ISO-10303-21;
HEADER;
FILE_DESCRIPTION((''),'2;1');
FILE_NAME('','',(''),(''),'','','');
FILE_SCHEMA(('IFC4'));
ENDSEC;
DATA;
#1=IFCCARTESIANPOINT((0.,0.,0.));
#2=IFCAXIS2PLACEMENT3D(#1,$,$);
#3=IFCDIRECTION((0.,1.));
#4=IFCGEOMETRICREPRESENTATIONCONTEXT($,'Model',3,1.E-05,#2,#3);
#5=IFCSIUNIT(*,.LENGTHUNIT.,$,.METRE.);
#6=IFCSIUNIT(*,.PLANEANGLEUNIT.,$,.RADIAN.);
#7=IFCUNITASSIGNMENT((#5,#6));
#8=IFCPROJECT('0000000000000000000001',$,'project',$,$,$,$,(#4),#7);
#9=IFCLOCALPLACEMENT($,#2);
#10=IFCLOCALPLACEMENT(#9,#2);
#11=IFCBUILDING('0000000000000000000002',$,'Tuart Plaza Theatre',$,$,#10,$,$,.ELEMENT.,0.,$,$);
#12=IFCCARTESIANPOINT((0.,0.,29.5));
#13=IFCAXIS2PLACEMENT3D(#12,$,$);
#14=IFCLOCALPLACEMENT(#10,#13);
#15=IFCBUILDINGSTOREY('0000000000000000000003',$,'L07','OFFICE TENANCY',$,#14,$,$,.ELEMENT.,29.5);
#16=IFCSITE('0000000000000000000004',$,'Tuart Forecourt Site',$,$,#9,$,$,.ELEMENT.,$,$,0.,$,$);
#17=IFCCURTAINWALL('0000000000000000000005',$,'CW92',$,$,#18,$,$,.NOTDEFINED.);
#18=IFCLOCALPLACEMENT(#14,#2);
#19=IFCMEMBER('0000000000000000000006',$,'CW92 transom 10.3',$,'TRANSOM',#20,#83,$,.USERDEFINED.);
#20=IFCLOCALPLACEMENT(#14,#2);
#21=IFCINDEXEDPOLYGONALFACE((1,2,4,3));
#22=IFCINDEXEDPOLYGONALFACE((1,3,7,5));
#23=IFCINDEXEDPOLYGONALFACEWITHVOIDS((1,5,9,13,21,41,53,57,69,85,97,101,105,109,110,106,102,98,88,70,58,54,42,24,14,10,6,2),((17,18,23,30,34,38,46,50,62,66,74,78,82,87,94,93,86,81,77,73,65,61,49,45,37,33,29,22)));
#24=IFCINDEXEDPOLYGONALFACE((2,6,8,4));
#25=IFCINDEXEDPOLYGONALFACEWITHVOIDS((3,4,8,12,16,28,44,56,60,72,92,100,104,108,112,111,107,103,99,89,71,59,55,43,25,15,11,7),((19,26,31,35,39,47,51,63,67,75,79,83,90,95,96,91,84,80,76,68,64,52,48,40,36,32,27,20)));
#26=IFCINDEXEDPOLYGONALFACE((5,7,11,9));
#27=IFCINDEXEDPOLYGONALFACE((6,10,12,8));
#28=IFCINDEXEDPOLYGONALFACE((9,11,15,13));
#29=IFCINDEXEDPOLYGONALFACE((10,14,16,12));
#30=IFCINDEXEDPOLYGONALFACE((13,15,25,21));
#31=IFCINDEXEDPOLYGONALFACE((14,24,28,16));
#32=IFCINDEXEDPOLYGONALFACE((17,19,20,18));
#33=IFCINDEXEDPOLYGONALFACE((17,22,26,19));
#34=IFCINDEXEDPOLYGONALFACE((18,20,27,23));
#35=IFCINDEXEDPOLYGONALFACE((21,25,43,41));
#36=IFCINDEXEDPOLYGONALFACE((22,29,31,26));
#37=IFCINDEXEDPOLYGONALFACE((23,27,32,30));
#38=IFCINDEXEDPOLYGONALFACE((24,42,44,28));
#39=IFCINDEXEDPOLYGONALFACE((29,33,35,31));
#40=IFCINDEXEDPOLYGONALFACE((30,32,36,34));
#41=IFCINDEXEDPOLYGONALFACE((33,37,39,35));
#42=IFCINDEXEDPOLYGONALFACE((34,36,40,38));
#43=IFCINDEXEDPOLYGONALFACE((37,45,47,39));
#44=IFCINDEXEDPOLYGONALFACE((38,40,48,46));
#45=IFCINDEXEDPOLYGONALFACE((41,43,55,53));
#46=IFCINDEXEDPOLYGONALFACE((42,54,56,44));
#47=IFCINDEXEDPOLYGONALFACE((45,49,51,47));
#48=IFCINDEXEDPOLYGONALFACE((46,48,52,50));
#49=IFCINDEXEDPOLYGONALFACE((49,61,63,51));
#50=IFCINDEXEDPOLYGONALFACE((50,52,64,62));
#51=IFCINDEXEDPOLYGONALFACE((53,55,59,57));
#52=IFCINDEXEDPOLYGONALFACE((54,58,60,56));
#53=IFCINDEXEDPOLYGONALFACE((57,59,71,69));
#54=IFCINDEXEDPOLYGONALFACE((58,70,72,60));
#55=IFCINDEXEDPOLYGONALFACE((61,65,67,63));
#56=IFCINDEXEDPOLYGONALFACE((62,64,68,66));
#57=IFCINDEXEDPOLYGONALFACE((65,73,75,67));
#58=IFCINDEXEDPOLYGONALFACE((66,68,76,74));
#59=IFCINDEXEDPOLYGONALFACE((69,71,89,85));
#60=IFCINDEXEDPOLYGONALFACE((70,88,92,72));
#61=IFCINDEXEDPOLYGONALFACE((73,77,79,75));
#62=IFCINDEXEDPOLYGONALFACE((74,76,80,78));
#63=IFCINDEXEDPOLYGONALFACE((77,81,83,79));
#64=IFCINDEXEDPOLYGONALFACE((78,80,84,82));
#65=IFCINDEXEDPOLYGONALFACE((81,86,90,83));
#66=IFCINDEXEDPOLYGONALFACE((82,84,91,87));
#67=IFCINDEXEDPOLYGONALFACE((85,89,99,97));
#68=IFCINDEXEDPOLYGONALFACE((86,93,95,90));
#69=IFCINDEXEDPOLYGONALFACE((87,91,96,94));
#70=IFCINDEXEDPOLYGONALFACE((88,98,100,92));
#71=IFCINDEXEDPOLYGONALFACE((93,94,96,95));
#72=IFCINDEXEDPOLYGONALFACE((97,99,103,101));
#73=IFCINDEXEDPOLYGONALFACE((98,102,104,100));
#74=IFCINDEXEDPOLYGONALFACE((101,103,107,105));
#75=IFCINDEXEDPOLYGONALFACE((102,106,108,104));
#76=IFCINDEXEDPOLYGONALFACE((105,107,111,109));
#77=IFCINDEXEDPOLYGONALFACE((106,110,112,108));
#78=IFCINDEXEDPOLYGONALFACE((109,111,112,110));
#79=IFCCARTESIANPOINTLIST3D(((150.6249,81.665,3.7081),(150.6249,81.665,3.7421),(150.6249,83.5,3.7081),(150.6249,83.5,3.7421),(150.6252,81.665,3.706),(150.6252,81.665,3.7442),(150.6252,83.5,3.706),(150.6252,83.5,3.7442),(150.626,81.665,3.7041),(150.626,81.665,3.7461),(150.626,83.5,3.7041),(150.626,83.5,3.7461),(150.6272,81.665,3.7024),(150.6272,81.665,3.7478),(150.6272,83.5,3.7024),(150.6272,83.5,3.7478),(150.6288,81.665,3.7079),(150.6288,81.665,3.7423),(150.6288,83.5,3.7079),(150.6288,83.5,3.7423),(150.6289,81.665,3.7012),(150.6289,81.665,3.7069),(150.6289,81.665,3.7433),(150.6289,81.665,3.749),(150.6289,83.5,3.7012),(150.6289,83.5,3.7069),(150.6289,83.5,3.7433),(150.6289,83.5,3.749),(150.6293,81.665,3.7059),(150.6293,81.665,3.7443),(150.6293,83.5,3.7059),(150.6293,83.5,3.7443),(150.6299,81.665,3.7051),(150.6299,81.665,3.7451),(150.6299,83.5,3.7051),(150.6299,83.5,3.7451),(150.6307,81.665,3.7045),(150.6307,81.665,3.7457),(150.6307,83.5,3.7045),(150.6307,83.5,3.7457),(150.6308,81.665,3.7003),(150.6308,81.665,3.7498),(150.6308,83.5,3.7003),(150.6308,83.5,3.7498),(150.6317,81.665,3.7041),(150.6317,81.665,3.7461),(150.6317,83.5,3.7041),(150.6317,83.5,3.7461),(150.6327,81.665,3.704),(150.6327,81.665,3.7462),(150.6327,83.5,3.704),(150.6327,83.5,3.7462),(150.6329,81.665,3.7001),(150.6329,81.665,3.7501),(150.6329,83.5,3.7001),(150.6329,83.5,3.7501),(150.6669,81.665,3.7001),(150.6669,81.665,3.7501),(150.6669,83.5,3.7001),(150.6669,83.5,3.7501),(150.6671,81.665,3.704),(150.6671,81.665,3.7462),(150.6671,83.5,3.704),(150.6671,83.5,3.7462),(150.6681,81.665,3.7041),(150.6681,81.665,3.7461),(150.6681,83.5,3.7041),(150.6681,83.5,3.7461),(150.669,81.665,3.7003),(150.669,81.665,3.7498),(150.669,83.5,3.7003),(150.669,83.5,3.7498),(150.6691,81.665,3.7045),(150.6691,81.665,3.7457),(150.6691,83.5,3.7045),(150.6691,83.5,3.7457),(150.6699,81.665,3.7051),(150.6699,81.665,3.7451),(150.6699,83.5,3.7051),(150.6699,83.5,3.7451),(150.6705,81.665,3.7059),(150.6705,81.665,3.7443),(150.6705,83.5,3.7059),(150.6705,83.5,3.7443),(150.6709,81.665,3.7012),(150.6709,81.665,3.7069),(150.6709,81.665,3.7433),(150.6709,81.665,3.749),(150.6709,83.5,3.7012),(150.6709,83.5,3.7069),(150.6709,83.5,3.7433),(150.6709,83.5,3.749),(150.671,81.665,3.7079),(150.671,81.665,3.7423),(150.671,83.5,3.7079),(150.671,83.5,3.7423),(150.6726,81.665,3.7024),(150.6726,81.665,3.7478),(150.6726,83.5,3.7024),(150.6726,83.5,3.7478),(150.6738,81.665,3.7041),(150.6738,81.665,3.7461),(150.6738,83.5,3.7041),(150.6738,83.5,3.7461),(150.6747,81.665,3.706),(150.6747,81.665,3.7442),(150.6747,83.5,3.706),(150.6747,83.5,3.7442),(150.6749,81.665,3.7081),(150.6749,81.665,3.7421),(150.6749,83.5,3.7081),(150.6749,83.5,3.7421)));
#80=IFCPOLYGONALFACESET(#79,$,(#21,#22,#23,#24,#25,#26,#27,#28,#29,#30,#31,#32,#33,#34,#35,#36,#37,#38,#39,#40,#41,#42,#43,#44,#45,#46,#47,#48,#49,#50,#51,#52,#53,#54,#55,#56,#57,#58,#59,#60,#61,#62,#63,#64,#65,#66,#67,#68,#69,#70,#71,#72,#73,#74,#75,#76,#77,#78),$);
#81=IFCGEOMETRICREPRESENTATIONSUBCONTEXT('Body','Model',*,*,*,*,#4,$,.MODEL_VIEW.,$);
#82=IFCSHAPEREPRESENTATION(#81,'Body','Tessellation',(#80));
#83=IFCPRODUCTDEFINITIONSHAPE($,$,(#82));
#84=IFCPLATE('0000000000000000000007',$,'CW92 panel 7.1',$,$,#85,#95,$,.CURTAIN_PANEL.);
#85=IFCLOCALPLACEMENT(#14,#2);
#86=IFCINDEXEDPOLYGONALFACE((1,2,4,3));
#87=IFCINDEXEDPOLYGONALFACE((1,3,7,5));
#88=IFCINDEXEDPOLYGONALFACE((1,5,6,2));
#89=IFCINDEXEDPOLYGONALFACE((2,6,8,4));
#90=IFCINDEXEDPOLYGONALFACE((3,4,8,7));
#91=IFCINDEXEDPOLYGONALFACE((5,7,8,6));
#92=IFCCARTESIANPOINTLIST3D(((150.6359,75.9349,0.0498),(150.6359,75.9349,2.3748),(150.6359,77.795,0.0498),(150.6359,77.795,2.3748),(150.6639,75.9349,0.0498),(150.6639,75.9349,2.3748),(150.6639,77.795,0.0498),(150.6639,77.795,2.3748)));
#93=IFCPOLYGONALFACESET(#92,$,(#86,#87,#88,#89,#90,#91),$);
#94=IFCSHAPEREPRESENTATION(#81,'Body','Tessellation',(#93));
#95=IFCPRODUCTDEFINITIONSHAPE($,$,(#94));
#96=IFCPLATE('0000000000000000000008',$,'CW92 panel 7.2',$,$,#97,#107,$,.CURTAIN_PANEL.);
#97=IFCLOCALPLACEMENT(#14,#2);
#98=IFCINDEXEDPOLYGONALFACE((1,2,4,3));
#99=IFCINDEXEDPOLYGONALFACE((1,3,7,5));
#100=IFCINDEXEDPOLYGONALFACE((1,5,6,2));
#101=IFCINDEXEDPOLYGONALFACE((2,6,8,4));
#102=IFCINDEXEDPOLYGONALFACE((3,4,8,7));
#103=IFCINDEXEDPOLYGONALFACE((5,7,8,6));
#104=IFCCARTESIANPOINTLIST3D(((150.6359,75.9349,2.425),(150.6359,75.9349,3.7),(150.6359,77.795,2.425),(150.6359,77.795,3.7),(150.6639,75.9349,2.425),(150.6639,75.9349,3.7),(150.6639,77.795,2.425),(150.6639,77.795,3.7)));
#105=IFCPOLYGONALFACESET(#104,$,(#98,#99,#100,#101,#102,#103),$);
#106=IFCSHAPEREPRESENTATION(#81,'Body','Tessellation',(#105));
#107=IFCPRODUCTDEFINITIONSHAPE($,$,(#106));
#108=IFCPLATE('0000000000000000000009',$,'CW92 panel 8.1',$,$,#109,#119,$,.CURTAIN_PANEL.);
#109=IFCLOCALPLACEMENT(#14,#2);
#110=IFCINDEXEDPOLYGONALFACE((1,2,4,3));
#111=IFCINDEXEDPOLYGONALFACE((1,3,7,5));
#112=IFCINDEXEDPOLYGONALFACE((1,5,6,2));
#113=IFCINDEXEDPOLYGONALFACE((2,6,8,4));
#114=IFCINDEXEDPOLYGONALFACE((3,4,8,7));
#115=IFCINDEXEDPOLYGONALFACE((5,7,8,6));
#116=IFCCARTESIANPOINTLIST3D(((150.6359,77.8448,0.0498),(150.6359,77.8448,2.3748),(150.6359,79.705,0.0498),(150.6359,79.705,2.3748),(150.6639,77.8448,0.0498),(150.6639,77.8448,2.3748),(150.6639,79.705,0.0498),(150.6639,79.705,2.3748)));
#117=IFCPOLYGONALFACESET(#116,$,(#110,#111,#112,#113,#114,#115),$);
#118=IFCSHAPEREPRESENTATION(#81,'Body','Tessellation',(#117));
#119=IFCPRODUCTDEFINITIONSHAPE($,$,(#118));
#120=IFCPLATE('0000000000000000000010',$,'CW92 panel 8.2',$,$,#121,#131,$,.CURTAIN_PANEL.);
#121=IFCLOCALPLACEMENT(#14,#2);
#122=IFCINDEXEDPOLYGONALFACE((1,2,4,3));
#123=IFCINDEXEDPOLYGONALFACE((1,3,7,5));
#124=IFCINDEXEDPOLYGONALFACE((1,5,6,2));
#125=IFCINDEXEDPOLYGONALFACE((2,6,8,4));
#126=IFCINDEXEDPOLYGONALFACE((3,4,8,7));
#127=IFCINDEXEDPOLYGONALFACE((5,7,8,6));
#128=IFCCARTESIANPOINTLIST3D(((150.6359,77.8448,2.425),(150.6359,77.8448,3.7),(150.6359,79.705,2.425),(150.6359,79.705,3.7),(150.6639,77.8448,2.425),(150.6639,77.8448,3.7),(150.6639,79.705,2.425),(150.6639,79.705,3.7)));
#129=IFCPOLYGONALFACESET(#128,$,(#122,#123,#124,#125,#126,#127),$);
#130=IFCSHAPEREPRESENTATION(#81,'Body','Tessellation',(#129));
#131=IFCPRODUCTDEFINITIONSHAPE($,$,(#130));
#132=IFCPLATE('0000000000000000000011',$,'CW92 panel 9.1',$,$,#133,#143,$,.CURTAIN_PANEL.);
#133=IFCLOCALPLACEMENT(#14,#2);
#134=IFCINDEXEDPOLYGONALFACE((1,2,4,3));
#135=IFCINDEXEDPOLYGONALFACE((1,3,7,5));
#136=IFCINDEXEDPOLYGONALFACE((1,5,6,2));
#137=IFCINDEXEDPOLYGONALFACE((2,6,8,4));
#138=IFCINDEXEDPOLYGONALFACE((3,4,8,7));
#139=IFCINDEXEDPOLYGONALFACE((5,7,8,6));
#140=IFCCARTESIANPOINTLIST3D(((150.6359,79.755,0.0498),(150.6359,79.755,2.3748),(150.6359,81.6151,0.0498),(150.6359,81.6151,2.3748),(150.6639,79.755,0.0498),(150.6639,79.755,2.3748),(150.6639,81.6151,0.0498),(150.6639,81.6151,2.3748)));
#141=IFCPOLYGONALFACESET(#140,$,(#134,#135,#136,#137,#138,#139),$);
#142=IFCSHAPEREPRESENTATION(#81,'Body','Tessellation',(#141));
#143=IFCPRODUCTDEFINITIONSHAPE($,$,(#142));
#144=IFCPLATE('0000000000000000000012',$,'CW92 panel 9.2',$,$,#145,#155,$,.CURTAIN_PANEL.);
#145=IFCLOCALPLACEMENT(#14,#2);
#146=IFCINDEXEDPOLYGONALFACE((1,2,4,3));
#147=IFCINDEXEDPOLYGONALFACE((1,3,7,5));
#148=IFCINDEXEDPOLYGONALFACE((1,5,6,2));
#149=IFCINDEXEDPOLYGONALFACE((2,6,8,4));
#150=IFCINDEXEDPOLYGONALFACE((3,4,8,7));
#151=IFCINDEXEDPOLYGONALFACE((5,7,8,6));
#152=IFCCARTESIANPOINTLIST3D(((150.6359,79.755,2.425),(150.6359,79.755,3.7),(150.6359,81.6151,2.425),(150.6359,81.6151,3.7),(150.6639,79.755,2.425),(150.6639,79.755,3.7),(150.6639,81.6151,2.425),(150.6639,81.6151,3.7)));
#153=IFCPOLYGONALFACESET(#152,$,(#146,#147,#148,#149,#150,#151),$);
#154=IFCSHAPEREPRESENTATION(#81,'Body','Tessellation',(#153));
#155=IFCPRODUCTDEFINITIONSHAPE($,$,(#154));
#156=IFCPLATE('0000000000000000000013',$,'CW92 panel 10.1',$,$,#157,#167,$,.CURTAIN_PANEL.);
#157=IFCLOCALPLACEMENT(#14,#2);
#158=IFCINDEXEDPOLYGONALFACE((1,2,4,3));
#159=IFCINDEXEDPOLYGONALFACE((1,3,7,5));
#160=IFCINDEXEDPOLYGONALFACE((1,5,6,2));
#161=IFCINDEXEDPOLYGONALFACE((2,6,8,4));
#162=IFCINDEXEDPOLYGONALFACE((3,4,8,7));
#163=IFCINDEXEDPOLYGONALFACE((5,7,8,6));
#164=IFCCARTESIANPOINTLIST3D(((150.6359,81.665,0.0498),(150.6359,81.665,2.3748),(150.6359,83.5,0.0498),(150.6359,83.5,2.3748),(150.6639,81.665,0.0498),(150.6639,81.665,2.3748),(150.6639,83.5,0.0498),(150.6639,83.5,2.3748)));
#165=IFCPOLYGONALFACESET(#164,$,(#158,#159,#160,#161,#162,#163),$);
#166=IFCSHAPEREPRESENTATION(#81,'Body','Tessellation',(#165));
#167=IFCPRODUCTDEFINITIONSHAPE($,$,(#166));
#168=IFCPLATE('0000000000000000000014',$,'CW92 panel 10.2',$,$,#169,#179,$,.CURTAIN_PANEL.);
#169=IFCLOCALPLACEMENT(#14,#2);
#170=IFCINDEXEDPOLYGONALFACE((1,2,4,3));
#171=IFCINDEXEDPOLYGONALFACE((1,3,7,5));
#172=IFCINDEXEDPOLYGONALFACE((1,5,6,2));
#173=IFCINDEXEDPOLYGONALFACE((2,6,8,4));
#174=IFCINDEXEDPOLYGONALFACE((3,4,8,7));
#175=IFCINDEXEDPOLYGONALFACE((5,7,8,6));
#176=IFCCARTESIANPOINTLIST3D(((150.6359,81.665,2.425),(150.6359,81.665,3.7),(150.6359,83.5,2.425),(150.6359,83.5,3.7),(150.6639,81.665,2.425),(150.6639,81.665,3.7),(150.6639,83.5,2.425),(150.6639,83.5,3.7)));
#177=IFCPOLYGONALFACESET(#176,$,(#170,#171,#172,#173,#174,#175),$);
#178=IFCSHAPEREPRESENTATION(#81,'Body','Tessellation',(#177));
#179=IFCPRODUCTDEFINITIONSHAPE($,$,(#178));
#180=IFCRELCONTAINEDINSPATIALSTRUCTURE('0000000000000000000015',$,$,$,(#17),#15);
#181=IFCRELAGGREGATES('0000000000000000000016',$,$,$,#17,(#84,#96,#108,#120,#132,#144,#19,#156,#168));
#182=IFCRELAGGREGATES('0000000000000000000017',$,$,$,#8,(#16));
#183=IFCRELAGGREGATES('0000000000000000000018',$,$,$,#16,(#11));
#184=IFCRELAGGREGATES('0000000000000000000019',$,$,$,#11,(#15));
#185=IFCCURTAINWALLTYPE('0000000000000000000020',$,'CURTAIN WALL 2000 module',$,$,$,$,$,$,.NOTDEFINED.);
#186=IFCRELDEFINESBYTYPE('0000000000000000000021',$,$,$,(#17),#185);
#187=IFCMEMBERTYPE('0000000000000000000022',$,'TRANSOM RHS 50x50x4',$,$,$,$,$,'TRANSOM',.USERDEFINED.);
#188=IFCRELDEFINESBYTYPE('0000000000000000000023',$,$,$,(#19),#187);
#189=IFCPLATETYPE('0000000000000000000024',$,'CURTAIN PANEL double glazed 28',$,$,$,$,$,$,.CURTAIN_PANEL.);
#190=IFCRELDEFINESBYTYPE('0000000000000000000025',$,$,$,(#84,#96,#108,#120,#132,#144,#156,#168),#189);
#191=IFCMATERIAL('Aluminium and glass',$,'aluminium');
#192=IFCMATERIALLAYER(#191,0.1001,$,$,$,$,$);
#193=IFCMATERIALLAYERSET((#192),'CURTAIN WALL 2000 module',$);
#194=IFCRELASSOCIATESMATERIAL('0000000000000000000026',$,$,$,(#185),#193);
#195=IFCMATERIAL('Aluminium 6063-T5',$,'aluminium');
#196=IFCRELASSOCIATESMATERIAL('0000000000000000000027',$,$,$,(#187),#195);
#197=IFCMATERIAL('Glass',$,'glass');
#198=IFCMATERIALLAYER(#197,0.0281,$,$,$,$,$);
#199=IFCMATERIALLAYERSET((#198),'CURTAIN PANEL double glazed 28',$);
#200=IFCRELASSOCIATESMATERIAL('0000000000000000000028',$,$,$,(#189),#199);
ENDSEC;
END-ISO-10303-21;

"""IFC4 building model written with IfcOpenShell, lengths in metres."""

from ifc_helpers import new_model, si_unit, direction, frame, origin, origin_2d, place, context, subcontext, project, spatial, rectangle, hollow_rectangle, extrude, material, layer, layer_set, material_profile, profile_set, type_object, element, aggregate, save


model = new_model("IFC4")

# Units and contexts
model_context = context("Model", 3, precision=1e-05, world=origin(), true_north=direction((0.0, 1.0)))
body_context = subcontext(model_context, "Body", "Model", "MODEL_VIEW")
ifc_project = project(units=[si_unit("LENGTHUNIT", "METRE"), si_unit("PLANEANGLEUNIT", "RADIAN")], contexts=[model_context])

# Site, building, storey
site_placement = place(None, origin())
site = spatial("IfcSite", under=ifc_project, at=site_placement, Name="Tuart Forecourt Site", CompositionType="ELEMENT", RefElevation=0.0)
building_placement = place(site_placement, origin())
building = spatial("IfcBuilding", under=site, at=building_placement, Name="Tuart Plaza Theatre", CompositionType="ELEMENT", ElevationOfRefHeight=0.0)
storey_placement = place(building_placement, frame((0.0, 0.0, 29.5)))
storey = spatial("IfcBuildingStorey", under=building, at=storey_placement, Name="L07", Description="OFFICE TENANCY", CompositionType="ELEMENT", Elevation=29.5)

# Curtain wall, member, plates
ifc_material_1 = material(Name="Aluminium and glass", Category="aluminium")
ifc_layer_1 = layer(ifc_material_1, 0.1001)
ifc_layer_set_1 = layer_set([ifc_layer_1], Name="CURTAIN WALL 2000 module")
curtain_wall_type = type_object("IfcCurtainWallType", Name="CURTAIN WALL 2000 module", PredefinedType="NOTDEFINED", material=ifc_layer_set_1)
curtain_wall_placement = place(storey_placement, origin())
curtain_wall = element("IfcCurtainWall", 1, at=curtain_wall_placement, inside=storey, type_object=curtain_wall_type, Name="CW92", PredefinedType="NOTDEFINED")
ifc_material_2 = material(Name="Aluminium 6063-T5", Category="aluminium")
ifc_material_profile_1 = material_profile(ifc_material_2, hollow_rectangle(XDim=0.05, YDim=0.05, WallThickness=0.0039, InnerFilletRadius=0.0039, OuterFilletRadius=0.0081, at=origin_2d()), Name="RHS 50x50x4")
ifc_profile_set_1 = profile_set([ifc_material_profile_1], Name="Aluminium 6063-T5")
member_type_1 = type_object("IfcMemberType", Name="TRANSOM RHS 50x50x4", ElementType="TRANSOM", PredefinedType="USERDEFINED", material=ifc_profile_set_1)
member_1_placement = place(storey_placement, frame((150.6499, 81.665, 3.7251), z_axis=(0.0, 1.0, 0.0), x_axis=(-1.0, 0.0, 0.0)))
member_1 = element("IfcMember", 2, at=member_1_placement, type_object=member_type_1, Name="CW92 transom 10.3", ObjectType="TRANSOM", PredefinedType="USERDEFINED", context=body_context, shape_type="SweptSolid", body=[
    extrude(hollow_rectangle(XDim=0.05, YDim=0.05, WallThickness=0.0039, InnerFilletRadius=0.0039, OuterFilletRadius=0.0081, at=origin_2d()), origin(), (0.0, 0.0, 1.0), 1.835),
])
ifc_material_3 = material(Name="Glass", Category="glass")
ifc_layer_2 = layer(ifc_material_3, 0.0281)
ifc_layer_set_2 = layer_set([ifc_layer_2], Name="CURTAIN PANEL double glazed 28")
plate_type = type_object("IfcPlateType", Name="CURTAIN PANEL double glazed 28", PredefinedType="CURTAIN_PANEL", material=ifc_layer_set_2)
plate_1_placement = place(storey_placement, frame((150.6499, 76.865, 0.0498), z_axis=(0.0, 0.0, 1.0), x_axis=(0.0, 1.0, 0.0)))
plate_1 = element("IfcPlate", 3, at=plate_1_placement, type_object=plate_type, Name="CW92 panel 7.1", PredefinedType="CURTAIN_PANEL", context=body_context, shape_type="SweptSolid", body=[
    extrude(rectangle(XDim=1.8601, YDim=0.0281, at=origin_2d()), origin(), (0.0, 0.0, 1.0), 2.325),
])
plate_2_placement = place(storey_placement, frame((150.6499, 76.865, 2.425), z_axis=(0.0, 0.0, 1.0), x_axis=(0.0, 1.0, 0.0)))
plate_2 = element("IfcPlate", 4, at=plate_2_placement, type_object=plate_type, Name="CW92 panel 7.2", PredefinedType="CURTAIN_PANEL", context=body_context, shape_type="SweptSolid", body=[
    extrude(rectangle(XDim=1.8601, YDim=0.0281, at=origin_2d()), origin(), (0.0, 0.0, 1.0), 1.2749),
])
plate_3_placement = place(storey_placement, frame((150.6499, 78.7749, 0.0498), z_axis=(0.0, 0.0, 1.0), x_axis=(0.0, 1.0, 0.0)))
plate_3 = element("IfcPlate", 5, at=plate_3_placement, type_object=plate_type, Name="CW92 panel 8.1", PredefinedType="CURTAIN_PANEL", context=body_context, shape_type="SweptSolid", body=[
    extrude(rectangle(XDim=1.8601, YDim=0.0281, at=origin_2d()), origin(), (0.0, 0.0, 1.0), 2.325),
])
plate_4_placement = place(storey_placement, frame((150.6499, 78.7749, 2.425), z_axis=(0.0, 0.0, 1.0), x_axis=(0.0, 1.0, 0.0)))
plate_4 = element("IfcPlate", 6, at=plate_4_placement, type_object=plate_type, Name="CW92 panel 8.2", PredefinedType="CURTAIN_PANEL", context=body_context, shape_type="SweptSolid", body=[
    extrude(rectangle(XDim=1.8601, YDim=0.0281, at=origin_2d()), origin(), (0.0, 0.0, 1.0), 1.2749),
])
plate_5_placement = place(storey_placement, frame((150.6499, 80.6851, 0.0498), z_axis=(0.0, 0.0, 1.0), x_axis=(0.0, 1.0, 0.0)))
plate_5 = element("IfcPlate", 7, at=plate_5_placement, type_object=plate_type, Name="CW92 panel 9.1", PredefinedType="CURTAIN_PANEL", context=body_context, shape_type="SweptSolid", body=[
    extrude(rectangle(XDim=1.8601, YDim=0.0281, at=origin_2d()), origin(), (0.0, 0.0, 1.0), 2.325),
])
plate_6_placement = place(storey_placement, frame((150.6499, 80.6851, 2.425), z_axis=(0.0, 0.0, 1.0), x_axis=(0.0, 1.0, 0.0)))
plate_6 = element("IfcPlate", 8, at=plate_6_placement, type_object=plate_type, Name="CW92 panel 9.2", PredefinedType="CURTAIN_PANEL", context=body_context, shape_type="SweptSolid", body=[
    extrude(rectangle(XDim=1.8601, YDim=0.0281, at=origin_2d()), origin(), (0.0, 0.0, 1.0), 1.2749),
])
plate_7_placement = place(storey_placement, frame((150.6499, 82.5825, 0.0498), z_axis=(0.0, 0.0, 1.0), x_axis=(0.0, 1.0, 0.0)))
plate_7 = element("IfcPlate", 9, at=plate_7_placement, type_object=plate_type, Name="CW92 panel 10.1", PredefinedType="CURTAIN_PANEL", context=body_context, shape_type="SweptSolid", body=[
    extrude(rectangle(XDim=1.835, YDim=0.0281, at=origin_2d()), origin(), (0.0, 0.0, 1.0), 2.325),
])
plate_8_placement = place(storey_placement, frame((150.6499, 82.5825, 2.425), z_axis=(0.0, 0.0, 1.0), x_axis=(0.0, 1.0, 0.0)))
plate_8 = element("IfcPlate", 10, at=plate_8_placement, type_object=plate_type, Name="CW92 panel 10.2", PredefinedType="CURTAIN_PANEL", context=body_context, shape_type="SweptSolid", body=[
    extrude(rectangle(XDim=1.835, YDim=0.0281, at=origin_2d()), origin(), (0.0, 0.0, 1.0), 1.2749),
])
aggregate(curtain_wall, [plate_1, plate_2, plate_3, plate_4, plate_5, plate_6, member_1, plate_7, plate_8])

save(model, "model.ifc")
